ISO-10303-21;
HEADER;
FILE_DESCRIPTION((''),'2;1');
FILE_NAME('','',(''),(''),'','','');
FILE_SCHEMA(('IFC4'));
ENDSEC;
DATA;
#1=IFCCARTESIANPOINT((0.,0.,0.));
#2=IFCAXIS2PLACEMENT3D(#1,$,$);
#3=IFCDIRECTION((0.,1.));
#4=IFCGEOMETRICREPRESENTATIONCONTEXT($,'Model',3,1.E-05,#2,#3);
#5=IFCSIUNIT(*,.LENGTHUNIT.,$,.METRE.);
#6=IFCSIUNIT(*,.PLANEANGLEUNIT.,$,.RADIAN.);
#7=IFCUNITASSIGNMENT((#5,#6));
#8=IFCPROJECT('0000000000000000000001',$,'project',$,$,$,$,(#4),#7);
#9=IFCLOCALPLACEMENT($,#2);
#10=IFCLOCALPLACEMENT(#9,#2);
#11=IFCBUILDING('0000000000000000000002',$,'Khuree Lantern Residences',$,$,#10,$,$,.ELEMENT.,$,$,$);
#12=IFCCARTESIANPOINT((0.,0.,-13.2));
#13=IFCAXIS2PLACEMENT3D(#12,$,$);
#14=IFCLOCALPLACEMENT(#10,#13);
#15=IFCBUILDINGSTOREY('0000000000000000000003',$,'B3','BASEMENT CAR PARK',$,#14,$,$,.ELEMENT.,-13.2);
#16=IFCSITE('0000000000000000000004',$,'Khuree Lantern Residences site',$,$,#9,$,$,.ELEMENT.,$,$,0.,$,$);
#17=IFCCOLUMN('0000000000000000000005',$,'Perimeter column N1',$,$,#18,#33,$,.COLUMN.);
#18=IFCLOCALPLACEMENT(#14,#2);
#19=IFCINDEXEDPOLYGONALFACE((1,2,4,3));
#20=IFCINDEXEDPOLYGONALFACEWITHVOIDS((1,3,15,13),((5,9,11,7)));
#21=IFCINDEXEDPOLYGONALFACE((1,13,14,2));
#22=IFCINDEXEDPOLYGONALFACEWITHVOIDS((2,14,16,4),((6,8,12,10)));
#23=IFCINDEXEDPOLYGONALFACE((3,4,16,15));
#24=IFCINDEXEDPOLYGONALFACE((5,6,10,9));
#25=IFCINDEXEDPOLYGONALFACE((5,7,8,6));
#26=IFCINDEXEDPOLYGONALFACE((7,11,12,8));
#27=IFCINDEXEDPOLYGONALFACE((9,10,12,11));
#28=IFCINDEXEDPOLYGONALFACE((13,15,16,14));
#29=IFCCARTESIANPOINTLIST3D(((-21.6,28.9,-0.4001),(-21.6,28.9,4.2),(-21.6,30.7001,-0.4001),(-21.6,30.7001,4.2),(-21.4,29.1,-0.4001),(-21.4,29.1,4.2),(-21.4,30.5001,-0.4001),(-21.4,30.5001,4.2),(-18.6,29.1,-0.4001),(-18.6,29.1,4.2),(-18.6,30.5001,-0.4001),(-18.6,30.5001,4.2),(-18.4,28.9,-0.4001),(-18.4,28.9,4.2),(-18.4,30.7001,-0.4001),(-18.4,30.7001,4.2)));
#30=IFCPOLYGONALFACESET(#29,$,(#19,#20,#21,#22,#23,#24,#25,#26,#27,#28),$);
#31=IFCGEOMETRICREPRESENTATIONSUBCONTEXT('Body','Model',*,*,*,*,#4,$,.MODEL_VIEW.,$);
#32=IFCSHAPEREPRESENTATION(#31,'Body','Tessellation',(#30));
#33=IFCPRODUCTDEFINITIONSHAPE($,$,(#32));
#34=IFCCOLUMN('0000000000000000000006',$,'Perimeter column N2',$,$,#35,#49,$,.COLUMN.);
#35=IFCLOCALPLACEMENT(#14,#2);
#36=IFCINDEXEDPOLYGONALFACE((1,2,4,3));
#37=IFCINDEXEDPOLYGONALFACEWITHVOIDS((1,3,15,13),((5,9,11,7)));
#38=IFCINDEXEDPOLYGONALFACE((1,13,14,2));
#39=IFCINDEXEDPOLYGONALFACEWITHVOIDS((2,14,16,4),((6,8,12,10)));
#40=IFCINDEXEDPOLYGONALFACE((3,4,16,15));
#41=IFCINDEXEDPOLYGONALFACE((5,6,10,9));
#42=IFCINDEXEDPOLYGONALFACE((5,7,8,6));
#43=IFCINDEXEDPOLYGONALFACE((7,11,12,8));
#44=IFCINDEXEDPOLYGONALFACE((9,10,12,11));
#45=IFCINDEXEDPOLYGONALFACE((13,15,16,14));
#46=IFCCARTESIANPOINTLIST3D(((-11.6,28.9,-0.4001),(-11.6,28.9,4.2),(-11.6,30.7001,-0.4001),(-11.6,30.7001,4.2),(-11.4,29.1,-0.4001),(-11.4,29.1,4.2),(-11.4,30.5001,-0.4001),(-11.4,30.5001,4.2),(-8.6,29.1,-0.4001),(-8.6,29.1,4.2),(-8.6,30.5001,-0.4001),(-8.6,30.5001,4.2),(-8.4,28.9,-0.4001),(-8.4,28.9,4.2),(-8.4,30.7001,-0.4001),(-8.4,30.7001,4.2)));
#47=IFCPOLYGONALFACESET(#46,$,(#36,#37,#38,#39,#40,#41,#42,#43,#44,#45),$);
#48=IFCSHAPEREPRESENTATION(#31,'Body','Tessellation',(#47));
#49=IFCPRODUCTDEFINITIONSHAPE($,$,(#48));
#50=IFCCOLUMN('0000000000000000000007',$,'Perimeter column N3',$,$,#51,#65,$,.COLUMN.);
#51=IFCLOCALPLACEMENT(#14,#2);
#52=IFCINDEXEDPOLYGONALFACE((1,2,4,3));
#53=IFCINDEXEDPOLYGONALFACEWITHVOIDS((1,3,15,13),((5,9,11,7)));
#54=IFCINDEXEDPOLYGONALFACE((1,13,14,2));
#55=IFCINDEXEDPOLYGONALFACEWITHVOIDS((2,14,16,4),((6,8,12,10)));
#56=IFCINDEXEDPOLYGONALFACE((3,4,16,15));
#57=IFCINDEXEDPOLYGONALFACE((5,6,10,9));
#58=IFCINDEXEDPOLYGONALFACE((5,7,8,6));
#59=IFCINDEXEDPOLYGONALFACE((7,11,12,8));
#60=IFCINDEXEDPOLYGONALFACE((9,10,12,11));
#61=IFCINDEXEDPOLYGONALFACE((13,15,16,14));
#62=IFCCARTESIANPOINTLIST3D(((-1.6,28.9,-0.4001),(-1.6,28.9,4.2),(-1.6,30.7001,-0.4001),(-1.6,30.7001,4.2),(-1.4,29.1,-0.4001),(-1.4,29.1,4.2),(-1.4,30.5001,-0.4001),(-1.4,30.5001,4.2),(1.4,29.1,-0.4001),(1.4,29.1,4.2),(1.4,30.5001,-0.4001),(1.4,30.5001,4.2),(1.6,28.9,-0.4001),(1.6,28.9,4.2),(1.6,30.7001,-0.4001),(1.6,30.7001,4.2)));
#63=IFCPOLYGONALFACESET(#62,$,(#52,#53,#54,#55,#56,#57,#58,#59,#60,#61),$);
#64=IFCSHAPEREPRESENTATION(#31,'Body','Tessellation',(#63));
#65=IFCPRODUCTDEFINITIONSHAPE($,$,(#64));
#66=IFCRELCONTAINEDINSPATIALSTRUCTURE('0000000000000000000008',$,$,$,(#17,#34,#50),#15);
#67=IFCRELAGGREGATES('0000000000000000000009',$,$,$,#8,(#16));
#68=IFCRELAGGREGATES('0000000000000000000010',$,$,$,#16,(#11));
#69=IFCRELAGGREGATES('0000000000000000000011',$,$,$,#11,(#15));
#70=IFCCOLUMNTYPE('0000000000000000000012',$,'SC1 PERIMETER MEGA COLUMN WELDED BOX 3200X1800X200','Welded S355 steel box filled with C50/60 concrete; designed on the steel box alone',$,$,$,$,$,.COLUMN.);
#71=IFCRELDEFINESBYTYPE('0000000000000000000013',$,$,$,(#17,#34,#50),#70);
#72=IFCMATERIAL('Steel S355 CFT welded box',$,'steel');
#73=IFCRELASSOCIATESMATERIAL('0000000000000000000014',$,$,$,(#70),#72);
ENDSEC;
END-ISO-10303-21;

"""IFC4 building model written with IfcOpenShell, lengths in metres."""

from ifc_helpers import new_model, si_unit, direction, frame, origin, origin_2d, place, context, subcontext, project, spatial, hollow_rectangle, extrude, material, material_profile, profile_set, type_object, element, save


model = new_model("IFC4")

# Units and contexts
model_context = context("Model", 3, precision=1e-05, world=origin(), true_north=direction((0.0, 1.0)))
body_context = subcontext(model_context, "Body", "Model", "MODEL_VIEW")
ifc_project = project(units=[si_unit("LENGTHUNIT", "METRE"), si_unit("PLANEANGLEUNIT", "RADIAN")], contexts=[model_context])

# Site, building, storey
site_placement = place(None, origin())
site = spatial("IfcSite", under=ifc_project, at=site_placement, Name="Khuree Lantern Residences site", CompositionType="ELEMENT", RefElevation=0.0)
building_placement = place(site_placement, origin())
building = spatial("IfcBuilding", under=site, at=building_placement, Name="Khuree Lantern Residences", CompositionType="ELEMENT")
storey_placement = place(building_placement, frame((0.0, 0.0, -13.2)))
storey = spatial("IfcBuildingStorey", under=building, at=storey_placement, Name="B3", Description="BASEMENT CAR PARK", CompositionType="ELEMENT", Elevation=-13.2)

# Columns
ifc_material_1 = material(Name="Steel S355 CFT welded box", Category="steel")
ifc_material_profile_1 = material_profile(ifc_material_1, hollow_rectangle(XDim=3.2, YDim=1.8, WallThickness=0.2, at=origin_2d()), Name="WELDED BOX 3200X1800X200")
ifc_profile_set_1 = profile_set([ifc_material_profile_1], Name="Steel S355 CFT welded box")
column_type_1 = type_object("IfcColumnType", Name="SC1 PERIMETER MEGA COLUMN WELDED BOX 3200X1800X200", Description="Welded S355 steel box filled with C50/60 concrete; designed on the steel box alone", PredefinedType="COLUMN", material=ifc_profile_set_1)
for number, where, z_axis, x_axis, name in (
    (1, (-20.0, 29.8, -0.4001), (0.0, 0.0, 1.0), (1.0, 0.0, 0.0), "Perimeter column N1"),
    (2, (-10.0, 29.8, -0.4001), (0.0, 0.0, 1.0), (1.0, 0.0, 0.0), "Perimeter column N2"),
    (3, (0.0, 29.8, -0.4001), (0.0, 0.0, 1.0), (1.0, 0.0, 0.0), "Perimeter column N3"),
):
    element("IfcColumn", number, at=place(storey_placement, frame(where, z_axis=z_axis, x_axis=x_axis)), inside=storey, type_object=column_type_1, Name=name, PredefinedType="COLUMN", context=body_context, shape_type="SweptSolid", body=[
        extrude(hollow_rectangle(XDim=3.2, YDim=1.8, WallThickness=0.2, at=origin_2d()), origin(), (0.0, 0.0, 1.0), 4.6001),
    ])

save(model, "model.ifc")
